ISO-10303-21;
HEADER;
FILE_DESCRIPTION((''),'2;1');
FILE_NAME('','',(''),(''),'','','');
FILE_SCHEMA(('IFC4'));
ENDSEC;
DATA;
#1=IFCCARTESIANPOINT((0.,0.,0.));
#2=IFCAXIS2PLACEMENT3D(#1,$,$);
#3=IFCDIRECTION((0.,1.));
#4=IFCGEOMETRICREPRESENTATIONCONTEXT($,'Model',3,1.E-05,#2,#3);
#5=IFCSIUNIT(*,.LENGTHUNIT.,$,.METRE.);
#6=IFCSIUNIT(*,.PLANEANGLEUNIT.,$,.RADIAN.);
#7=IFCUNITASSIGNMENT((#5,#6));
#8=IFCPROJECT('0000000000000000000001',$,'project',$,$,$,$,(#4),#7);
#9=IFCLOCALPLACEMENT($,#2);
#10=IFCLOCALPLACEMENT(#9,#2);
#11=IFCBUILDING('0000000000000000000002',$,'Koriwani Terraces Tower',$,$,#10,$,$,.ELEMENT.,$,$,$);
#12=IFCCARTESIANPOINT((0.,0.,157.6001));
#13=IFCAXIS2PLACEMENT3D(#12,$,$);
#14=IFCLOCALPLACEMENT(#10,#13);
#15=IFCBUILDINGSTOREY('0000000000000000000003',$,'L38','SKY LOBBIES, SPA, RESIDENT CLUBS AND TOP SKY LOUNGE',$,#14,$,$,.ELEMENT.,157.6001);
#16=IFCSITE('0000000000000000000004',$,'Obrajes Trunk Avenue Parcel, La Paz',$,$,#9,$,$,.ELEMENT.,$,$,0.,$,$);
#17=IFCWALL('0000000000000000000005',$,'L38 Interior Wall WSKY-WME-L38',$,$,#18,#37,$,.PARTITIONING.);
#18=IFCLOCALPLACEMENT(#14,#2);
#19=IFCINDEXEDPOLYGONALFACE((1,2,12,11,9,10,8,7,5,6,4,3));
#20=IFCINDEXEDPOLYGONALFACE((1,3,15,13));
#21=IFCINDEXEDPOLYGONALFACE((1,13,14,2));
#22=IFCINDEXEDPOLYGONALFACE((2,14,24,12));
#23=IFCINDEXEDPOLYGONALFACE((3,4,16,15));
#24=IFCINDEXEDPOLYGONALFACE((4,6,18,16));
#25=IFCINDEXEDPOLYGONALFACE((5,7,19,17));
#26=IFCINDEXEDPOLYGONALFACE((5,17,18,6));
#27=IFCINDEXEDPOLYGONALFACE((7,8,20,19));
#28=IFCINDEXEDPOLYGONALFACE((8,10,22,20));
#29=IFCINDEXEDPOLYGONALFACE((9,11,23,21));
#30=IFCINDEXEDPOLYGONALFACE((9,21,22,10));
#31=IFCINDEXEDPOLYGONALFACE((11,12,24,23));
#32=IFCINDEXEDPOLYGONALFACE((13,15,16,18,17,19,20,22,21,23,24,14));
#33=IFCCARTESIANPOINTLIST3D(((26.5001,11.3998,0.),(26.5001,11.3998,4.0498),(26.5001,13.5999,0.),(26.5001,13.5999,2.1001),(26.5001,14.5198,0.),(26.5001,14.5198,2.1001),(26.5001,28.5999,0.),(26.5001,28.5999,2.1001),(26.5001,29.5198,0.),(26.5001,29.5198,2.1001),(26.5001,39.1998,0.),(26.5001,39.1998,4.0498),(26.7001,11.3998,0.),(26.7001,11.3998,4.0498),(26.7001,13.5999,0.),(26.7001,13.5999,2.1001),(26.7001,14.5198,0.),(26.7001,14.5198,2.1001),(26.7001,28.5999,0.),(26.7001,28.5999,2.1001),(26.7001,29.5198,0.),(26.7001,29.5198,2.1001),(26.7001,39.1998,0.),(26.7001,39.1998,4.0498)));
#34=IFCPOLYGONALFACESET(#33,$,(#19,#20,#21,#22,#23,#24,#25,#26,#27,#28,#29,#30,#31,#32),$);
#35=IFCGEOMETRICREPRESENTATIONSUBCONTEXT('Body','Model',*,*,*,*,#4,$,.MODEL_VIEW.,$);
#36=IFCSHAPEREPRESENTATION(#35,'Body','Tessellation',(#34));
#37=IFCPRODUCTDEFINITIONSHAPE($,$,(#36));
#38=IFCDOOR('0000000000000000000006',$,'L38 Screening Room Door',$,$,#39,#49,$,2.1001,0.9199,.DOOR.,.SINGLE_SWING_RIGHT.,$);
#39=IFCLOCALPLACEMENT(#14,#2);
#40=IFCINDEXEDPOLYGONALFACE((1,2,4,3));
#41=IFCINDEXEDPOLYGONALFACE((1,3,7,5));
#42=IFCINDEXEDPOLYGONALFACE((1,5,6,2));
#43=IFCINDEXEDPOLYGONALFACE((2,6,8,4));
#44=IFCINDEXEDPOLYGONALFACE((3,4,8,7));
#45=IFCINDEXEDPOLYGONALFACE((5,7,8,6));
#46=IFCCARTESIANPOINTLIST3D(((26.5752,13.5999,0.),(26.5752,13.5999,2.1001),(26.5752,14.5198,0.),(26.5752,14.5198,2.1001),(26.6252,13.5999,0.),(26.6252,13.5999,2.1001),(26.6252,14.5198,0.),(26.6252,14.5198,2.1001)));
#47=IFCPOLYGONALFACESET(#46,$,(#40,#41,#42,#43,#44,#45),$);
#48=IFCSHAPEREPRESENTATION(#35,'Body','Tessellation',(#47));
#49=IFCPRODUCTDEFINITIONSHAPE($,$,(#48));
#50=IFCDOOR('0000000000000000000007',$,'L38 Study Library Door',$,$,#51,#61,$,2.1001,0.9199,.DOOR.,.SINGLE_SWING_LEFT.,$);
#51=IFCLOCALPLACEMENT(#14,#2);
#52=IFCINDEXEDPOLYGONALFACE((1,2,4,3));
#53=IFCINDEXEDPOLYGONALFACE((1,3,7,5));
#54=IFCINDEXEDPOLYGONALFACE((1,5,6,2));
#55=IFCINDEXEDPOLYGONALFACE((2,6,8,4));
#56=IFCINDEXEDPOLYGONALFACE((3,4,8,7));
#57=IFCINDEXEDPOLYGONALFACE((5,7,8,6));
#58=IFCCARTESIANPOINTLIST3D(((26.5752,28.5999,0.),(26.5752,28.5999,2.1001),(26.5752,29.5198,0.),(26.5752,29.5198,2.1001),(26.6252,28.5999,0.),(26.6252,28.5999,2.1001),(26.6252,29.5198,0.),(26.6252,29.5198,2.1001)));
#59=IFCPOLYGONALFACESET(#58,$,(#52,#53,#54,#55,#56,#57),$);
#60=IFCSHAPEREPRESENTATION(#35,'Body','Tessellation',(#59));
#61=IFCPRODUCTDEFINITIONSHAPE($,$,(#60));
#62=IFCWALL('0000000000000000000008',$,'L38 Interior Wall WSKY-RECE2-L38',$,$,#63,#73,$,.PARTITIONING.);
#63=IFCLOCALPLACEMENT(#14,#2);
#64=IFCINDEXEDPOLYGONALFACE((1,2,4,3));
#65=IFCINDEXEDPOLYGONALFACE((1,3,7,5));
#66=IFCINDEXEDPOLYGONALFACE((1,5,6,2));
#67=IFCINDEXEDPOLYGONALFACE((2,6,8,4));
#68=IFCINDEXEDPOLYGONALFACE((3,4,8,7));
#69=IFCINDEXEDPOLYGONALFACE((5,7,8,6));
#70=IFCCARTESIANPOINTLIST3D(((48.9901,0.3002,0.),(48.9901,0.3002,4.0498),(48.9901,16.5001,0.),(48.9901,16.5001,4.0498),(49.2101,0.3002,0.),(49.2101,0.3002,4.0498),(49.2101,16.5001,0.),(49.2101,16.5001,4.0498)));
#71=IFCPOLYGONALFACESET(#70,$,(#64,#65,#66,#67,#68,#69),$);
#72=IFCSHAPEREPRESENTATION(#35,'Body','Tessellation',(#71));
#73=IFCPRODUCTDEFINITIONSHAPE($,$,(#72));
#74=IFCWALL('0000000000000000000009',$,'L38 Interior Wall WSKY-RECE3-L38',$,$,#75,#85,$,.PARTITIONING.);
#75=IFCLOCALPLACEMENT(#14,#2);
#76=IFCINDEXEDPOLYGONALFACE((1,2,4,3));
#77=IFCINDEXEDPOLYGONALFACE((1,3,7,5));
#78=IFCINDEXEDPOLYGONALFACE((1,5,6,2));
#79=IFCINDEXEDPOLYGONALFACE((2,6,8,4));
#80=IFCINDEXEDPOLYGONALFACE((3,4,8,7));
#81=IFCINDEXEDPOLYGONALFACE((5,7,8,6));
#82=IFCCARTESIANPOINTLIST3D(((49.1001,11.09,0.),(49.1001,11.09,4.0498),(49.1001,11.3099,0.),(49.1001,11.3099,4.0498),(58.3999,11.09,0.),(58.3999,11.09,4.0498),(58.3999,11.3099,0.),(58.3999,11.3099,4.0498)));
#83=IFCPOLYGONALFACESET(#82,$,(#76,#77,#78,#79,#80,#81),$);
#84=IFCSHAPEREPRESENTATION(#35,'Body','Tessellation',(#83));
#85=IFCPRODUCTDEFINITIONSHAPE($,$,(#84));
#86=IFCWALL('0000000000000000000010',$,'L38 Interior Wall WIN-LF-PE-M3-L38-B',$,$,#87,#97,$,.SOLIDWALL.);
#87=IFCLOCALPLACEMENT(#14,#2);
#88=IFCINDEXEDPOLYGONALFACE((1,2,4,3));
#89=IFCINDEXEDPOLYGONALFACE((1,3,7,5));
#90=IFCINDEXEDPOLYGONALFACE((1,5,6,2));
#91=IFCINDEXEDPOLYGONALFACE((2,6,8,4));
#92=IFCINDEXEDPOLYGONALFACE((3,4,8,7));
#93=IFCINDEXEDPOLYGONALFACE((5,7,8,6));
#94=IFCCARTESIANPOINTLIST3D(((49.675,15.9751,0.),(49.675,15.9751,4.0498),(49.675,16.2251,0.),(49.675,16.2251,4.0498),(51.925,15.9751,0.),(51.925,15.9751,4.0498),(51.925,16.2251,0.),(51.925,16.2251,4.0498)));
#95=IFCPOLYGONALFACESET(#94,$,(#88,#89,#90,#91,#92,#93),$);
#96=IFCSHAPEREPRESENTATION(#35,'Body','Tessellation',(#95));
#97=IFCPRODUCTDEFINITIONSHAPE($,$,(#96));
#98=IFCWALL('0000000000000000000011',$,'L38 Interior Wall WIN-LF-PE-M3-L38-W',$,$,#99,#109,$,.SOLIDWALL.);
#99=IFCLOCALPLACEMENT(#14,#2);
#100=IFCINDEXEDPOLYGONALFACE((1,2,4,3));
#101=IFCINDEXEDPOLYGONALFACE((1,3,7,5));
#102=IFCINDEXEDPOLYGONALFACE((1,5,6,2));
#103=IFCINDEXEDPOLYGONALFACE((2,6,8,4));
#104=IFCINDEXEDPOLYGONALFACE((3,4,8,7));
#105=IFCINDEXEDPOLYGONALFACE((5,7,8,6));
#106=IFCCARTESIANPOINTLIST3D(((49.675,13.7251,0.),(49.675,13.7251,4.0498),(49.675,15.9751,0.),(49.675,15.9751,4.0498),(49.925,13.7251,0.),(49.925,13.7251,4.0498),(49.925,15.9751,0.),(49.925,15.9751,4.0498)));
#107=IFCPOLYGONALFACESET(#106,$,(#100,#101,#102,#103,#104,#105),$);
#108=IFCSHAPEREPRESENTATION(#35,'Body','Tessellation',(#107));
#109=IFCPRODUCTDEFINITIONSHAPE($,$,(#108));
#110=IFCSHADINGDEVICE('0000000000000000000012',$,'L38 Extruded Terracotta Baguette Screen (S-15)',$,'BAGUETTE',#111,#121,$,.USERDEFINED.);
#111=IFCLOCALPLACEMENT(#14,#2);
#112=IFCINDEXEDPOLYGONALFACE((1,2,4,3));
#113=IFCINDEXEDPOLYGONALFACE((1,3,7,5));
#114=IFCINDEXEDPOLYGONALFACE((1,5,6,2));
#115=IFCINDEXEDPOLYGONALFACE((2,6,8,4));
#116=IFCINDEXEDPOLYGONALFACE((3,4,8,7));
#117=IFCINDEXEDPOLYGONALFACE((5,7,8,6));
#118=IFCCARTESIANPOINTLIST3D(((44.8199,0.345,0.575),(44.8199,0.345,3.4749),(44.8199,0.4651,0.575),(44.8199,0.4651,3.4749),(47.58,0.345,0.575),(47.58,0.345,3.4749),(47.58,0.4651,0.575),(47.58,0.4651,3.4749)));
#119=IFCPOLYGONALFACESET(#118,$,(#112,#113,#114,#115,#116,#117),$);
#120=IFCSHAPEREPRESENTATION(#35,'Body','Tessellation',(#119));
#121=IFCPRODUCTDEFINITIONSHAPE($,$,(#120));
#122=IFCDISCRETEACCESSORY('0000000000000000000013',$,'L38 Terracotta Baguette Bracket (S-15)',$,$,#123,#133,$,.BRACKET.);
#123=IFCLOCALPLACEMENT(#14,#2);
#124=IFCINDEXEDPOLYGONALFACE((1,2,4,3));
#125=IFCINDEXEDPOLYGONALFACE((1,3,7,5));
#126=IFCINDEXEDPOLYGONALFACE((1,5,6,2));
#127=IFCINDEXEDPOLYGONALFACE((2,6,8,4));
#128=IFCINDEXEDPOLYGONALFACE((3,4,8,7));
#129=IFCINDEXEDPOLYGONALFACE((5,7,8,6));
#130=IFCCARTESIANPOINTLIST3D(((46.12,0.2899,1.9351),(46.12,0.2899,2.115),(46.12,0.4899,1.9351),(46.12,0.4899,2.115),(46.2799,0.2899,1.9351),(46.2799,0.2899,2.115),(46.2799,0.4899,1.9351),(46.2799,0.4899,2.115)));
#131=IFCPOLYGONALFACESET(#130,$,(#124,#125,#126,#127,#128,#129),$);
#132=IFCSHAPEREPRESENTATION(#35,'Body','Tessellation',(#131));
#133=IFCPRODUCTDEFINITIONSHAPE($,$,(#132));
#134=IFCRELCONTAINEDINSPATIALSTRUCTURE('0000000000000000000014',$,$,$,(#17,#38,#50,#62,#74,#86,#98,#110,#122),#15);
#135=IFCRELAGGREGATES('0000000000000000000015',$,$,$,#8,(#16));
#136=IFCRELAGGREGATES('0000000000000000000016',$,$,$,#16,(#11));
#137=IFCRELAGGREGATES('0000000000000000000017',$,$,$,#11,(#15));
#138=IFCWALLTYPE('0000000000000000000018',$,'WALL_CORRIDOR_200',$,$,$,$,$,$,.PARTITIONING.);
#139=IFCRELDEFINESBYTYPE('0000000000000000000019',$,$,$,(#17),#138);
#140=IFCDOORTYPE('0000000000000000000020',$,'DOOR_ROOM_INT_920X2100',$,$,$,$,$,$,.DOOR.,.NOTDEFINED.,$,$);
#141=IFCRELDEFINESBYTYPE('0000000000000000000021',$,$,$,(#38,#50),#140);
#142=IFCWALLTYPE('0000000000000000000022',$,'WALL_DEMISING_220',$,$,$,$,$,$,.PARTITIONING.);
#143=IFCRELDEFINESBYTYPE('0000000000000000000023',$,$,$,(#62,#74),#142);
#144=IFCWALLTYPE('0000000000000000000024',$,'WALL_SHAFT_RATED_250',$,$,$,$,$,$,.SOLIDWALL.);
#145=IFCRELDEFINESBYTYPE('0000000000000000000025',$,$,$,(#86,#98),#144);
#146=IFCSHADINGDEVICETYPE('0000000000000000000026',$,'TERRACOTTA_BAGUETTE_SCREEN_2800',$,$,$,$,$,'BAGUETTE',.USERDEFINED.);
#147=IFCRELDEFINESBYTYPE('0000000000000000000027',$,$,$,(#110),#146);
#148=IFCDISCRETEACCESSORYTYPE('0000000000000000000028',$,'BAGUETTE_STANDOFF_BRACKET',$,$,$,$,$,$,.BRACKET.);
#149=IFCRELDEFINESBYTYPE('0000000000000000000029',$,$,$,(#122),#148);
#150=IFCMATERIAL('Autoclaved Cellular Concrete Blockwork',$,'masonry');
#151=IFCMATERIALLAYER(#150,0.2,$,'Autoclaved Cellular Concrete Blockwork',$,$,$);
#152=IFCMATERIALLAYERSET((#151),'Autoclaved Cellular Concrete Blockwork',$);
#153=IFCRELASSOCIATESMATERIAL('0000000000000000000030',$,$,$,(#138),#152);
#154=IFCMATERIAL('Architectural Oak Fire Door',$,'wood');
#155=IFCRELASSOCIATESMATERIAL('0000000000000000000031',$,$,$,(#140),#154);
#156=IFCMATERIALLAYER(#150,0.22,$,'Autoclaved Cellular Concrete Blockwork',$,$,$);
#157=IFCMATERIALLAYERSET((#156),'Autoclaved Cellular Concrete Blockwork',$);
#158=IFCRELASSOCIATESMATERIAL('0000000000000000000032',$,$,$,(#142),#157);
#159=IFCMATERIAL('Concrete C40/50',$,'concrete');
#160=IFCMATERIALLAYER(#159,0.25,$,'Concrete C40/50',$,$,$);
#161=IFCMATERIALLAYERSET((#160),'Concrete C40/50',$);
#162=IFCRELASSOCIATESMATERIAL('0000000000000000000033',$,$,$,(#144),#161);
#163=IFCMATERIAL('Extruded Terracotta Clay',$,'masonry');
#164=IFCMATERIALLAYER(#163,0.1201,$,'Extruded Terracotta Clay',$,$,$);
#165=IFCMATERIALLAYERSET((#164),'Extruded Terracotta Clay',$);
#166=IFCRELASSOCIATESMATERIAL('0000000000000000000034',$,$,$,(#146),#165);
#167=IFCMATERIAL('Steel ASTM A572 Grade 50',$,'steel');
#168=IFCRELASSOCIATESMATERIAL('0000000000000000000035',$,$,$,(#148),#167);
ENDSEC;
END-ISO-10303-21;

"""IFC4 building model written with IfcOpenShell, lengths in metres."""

from ifc_helpers import new_model, si_unit, direction, frame, frame_2d, origin, origin_2d, place, context, subcontext, project, spatial, rectangle, extrude, material, layer, layer_set, type_object, element, fill, save


model = new_model("IFC4")

# Units and contexts
model_context = context("Model", 3, precision=1e-05, world=origin(), true_north=direction((0.0, 1.0)))
body_context = subcontext(model_context, "Body", "Model", "MODEL_VIEW")
ifc_project = project(units=[si_unit("LENGTHUNIT", "METRE"), si_unit("PLANEANGLEUNIT", "RADIAN")], contexts=[model_context])

# Site, building, storey
site_placement = place(None, origin())
site = spatial("IfcSite", under=ifc_project, at=site_placement, Name="Obrajes Trunk Avenue Parcel, La Paz", CompositionType="ELEMENT", RefElevation=0.0)
building_placement = place(site_placement, origin())
building = spatial("IfcBuilding", under=site, at=building_placement, Name="Koriwani Terraces Tower", CompositionType="ELEMENT")
storey_placement = place(building_placement, frame((0.0, 0.0, 157.6001)))
storey = spatial("IfcBuildingStorey", under=building, at=storey_placement, Name="L38", Description="SKY LOBBIES, SPA, RESIDENT CLUBS AND TOP SKY LOUNGE", CompositionType="ELEMENT", Elevation=157.6001)

# Shared definitions
ifc_material_1 = material(Name="Concrete C40/50", Category="concrete")
ifc_material_2 = material(Name="Steel ASTM A572 Grade 50", Category="steel")

# Shared definitions
ifc_material_3 = material(Name="Autoclaved Cellular Concrete Blockwork", Category="masonry")
ifc_layer_1 = layer(ifc_material_3, 0.2, Name="Autoclaved Cellular Concrete Blockwork")
ifc_layer_set_1 = layer_set([ifc_layer_1], Name="Autoclaved Cellular Concrete Blockwork")
wall_type_1 = type_object("IfcWallType", Name="WALL_CORRIDOR_200", PredefinedType="PARTITIONING", material=ifc_layer_set_1)
ifc_material_4 = material(Name="Architectural Oak Fire Door", Category="wood")
door_type_1 = type_object("IfcDoorType", Name="DOOR_ROOM_INT_920X2100", OperationType="NOTDEFINED", PredefinedType="DOOR", material=ifc_material_4)

# Wall, openings, doors
wall_1_placement = place(storey_placement, frame((26.6001, 11.3999, 0.0), z_axis=(0.0, 0.0, 1.0), x_axis=(0.0, 1.0, 0.0)))
wall_1 = element("IfcWall", 1, at=wall_1_placement, inside=storey, type_object=wall_type_1, Name="L38 Interior Wall WSKY-WME-L38", PredefinedType="PARTITIONING", context=body_context, shape_type="SweptSolid", body=[
    extrude(rectangle(XDim=27.8, YDim=0.2, at=frame_2d((13.8999, 0.0))), origin(), (0.0, 0.0, 1.0), 4.0498),
])
opening_1_placement = place(wall_1_placement, frame((2.2, 0.0, 0.0)))
opening_1 = element("IfcOpeningElement", 2, at=opening_1_placement, cuts=wall_1, PredefinedType="OPENING", context=body_context, shape_type="SweptSolid", body=[
    extrude(rectangle(XDim=0.9199, YDim=2.1001, at=frame_2d((0.46, 1.05))), frame((0.0, 0.1099, 0.0), z_axis=(0.0, -1.0, 0.0), x_axis=(1.0, 0.0, 0.0)), (0.0, 0.0, 1.0), 0.22),
])
opening_2_placement = place(wall_1_placement, frame((17.2, 0.0, 0.0)))
opening_2 = element("IfcOpeningElement", 3, at=opening_2_placement, cuts=wall_1, PredefinedType="OPENING", context=body_context, shape_type="SweptSolid", body=[
    extrude(rectangle(XDim=0.9199, YDim=2.1001, at=frame_2d((0.46, 1.05))), frame((0.0, 0.1099, 0.0), z_axis=(0.0, -1.0, 0.0), x_axis=(1.0, 0.0, 0.0)), (0.0, 0.0, 1.0), 0.22),
])
door_1_placement = place(opening_1_placement, origin())
door_1 = element("IfcDoor", 4, at=door_1_placement, inside=storey, type_object=door_type_1, Name="L38 Screening Room Door", OperationType="SINGLE_SWING_RIGHT", OverallHeight=2.1001, OverallWidth=0.9199, PredefinedType="DOOR", context=body_context, shape_type="SweptSolid", body=[
    extrude(rectangle(XDim=0.9199, YDim=2.1001, at=frame_2d((0.46, 1.05))), frame((0.0, 0.0249, 0.0), z_axis=(0.0, -1.0, 0.0), x_axis=(1.0, 0.0, 0.0)), (0.0, 0.0, 1.0), 0.05),
])
fill(opening_1, door_1)
door_2_placement = place(opening_2_placement, origin())
door_2 = element("IfcDoor", 5, at=door_2_placement, inside=storey, type_object=door_type_1, Name="L38 Study Library Door", OperationType="SINGLE_SWING_LEFT", OverallHeight=2.1001, OverallWidth=0.9199, PredefinedType="DOOR", context=body_context, shape_type="SweptSolid", body=[
    extrude(rectangle(XDim=0.9199, YDim=2.1001, at=frame_2d((0.46, 1.05))), frame((0.0, 0.0249, 0.0), z_axis=(0.0, -1.0, 0.0), x_axis=(1.0, 0.0, 0.0)), (0.0, 0.0, 1.0), 0.05),
])
fill(opening_2, door_2)

# Walls
ifc_layer_2 = layer(ifc_material_3, 0.22, Name="Autoclaved Cellular Concrete Blockwork")
ifc_layer_set_2 = layer_set([ifc_layer_2], Name="Autoclaved Cellular Concrete Blockwork")
wall_type_2 = type_object("IfcWallType", Name="WALL_DEMISING_220", PredefinedType="PARTITIONING", material=ifc_layer_set_2)
wall_2_placement = place(storey_placement, frame((49.1001, 0.3, 0.0), z_axis=(0.0, 0.0, 1.0), x_axis=(0.0, 1.0, 0.0)))
element("IfcWall", 6, at=wall_2_placement, inside=storey, type_object=wall_type_2, Name="L38 Interior Wall WSKY-RECE2-L38", PredefinedType="PARTITIONING", context=body_context, shape_type="SweptSolid", body=[
    extrude(rectangle(XDim=16.2, YDim=0.22, at=frame_2d((8.1001, 0.0))), origin(), (0.0, 0.0, 1.0), 4.0498),
])
wall_3_placement = place(storey_placement, frame((49.1001, 11.2, 0.0), z_axis=(0.0, 0.0, 1.0), x_axis=(1.0, 0.0, 0.0)))
element("IfcWall", 7, at=wall_3_placement, inside=storey, type_object=wall_type_2, Name="L38 Interior Wall WSKY-RECE3-L38", PredefinedType="PARTITIONING", context=body_context, shape_type="SweptSolid", body=[
    extrude(rectangle(XDim=9.2998, YDim=0.22, at=frame_2d((4.6499, 0.0))), origin(), (0.0, 0.0, 1.0), 4.0498),
])

# Shared definitions
ifc_layer_3 = layer(ifc_material_1, 0.25, Name="Concrete C40/50")
ifc_layer_set_3 = layer_set([ifc_layer_3], Name="Concrete C40/50")
wall_type_3 = type_object("IfcWallType", Name="WALL_SHAFT_RATED_250", PredefinedType="SOLIDWALL", material=ifc_layer_set_3)

# Walls
for number, where, z_axis, x_axis, name in (
    (8, (49.675, 16.1001, 0.0), (0.0, 0.0, 1.0), (1.0, 0.0, 0.0), "L38 Interior Wall WIN-LF-PE-M3-L38-B"),
    (9, (49.8, 13.7251, 0.0), (0.0, 0.0, 1.0), (0.0, 1.0, 0.0), "L38 Interior Wall WIN-LF-PE-M3-L38-W"),
):
    element("IfcWall", number, at=place(storey_placement, frame(where, z_axis=z_axis, x_axis=x_axis)), inside=storey, type_object=wall_type_3, Name=name, PredefinedType="SOLIDWALL", context=body_context, shape_type="SweptSolid", body=[
        extrude(rectangle(XDim=2.25, YDim=0.25, at=frame_2d((1.125, 0.0))), origin(), (0.0, 0.0, 1.0), 4.0498),
    ])

# Shading device
ifc_material_5 = material(Name="Extruded Terracotta Clay", Category="masonry")
ifc_layer_4 = layer(ifc_material_5, 0.1201, Name="Extruded Terracotta Clay")
ifc_layer_set_4 = layer_set([ifc_layer_4], Name="Extruded Terracotta Clay")
shading_device_type = type_object("IfcShadingDeviceType", Name="TERRACOTTA_BAGUETTE_SCREEN_2800", ElementType="BAGUETTE", PredefinedType="USERDEFINED", material=ifc_layer_set_4)
shading_device_placement = place(storey_placement, frame((46.2, 0.405, 0.575), z_axis=(0.0, 0.0, 1.0), x_axis=(-1.0, 0.0, 0.0)))
element("IfcShadingDevice", 10, at=shading_device_placement, inside=storey, type_object=shading_device_type, Name="L38 Extruded Terracotta Baguette Screen (S-15)", ObjectType="BAGUETTE", PredefinedType="USERDEFINED", context=body_context, shape_type="SweptSolid", body=[
    extrude(rectangle(XDim=2.76, YDim=0.1201, at=origin_2d()), origin(), (0.0, 0.0, 1.0), 2.8999),
])

# Discrete accessory
discrete_accessory_type = type_object("IfcDiscreteAccessoryType", Name="BAGUETTE_STANDOFF_BRACKET", PredefinedType="BRACKET", material=ifc_material_2)
discrete_accessory_placement = place(storey_placement, frame((46.2, 0.3899, 1.9351), z_axis=(0.0, 0.0, 1.0), x_axis=(-1.0, 0.0, 0.0)))
element("IfcDiscreteAccessory", 11, at=discrete_accessory_placement, inside=storey, type_object=discrete_accessory_type, Name="L38 Terracotta Baguette Bracket (S-15)", PredefinedType="BRACKET", context=body_context, shape_type="SweptSolid", body=[
    extrude(rectangle(XDim=0.1599, YDim=0.2, at=origin_2d()), origin(), (0.0, 0.0, 1.0), 0.1799),
])

save(model, "model.ifc")
